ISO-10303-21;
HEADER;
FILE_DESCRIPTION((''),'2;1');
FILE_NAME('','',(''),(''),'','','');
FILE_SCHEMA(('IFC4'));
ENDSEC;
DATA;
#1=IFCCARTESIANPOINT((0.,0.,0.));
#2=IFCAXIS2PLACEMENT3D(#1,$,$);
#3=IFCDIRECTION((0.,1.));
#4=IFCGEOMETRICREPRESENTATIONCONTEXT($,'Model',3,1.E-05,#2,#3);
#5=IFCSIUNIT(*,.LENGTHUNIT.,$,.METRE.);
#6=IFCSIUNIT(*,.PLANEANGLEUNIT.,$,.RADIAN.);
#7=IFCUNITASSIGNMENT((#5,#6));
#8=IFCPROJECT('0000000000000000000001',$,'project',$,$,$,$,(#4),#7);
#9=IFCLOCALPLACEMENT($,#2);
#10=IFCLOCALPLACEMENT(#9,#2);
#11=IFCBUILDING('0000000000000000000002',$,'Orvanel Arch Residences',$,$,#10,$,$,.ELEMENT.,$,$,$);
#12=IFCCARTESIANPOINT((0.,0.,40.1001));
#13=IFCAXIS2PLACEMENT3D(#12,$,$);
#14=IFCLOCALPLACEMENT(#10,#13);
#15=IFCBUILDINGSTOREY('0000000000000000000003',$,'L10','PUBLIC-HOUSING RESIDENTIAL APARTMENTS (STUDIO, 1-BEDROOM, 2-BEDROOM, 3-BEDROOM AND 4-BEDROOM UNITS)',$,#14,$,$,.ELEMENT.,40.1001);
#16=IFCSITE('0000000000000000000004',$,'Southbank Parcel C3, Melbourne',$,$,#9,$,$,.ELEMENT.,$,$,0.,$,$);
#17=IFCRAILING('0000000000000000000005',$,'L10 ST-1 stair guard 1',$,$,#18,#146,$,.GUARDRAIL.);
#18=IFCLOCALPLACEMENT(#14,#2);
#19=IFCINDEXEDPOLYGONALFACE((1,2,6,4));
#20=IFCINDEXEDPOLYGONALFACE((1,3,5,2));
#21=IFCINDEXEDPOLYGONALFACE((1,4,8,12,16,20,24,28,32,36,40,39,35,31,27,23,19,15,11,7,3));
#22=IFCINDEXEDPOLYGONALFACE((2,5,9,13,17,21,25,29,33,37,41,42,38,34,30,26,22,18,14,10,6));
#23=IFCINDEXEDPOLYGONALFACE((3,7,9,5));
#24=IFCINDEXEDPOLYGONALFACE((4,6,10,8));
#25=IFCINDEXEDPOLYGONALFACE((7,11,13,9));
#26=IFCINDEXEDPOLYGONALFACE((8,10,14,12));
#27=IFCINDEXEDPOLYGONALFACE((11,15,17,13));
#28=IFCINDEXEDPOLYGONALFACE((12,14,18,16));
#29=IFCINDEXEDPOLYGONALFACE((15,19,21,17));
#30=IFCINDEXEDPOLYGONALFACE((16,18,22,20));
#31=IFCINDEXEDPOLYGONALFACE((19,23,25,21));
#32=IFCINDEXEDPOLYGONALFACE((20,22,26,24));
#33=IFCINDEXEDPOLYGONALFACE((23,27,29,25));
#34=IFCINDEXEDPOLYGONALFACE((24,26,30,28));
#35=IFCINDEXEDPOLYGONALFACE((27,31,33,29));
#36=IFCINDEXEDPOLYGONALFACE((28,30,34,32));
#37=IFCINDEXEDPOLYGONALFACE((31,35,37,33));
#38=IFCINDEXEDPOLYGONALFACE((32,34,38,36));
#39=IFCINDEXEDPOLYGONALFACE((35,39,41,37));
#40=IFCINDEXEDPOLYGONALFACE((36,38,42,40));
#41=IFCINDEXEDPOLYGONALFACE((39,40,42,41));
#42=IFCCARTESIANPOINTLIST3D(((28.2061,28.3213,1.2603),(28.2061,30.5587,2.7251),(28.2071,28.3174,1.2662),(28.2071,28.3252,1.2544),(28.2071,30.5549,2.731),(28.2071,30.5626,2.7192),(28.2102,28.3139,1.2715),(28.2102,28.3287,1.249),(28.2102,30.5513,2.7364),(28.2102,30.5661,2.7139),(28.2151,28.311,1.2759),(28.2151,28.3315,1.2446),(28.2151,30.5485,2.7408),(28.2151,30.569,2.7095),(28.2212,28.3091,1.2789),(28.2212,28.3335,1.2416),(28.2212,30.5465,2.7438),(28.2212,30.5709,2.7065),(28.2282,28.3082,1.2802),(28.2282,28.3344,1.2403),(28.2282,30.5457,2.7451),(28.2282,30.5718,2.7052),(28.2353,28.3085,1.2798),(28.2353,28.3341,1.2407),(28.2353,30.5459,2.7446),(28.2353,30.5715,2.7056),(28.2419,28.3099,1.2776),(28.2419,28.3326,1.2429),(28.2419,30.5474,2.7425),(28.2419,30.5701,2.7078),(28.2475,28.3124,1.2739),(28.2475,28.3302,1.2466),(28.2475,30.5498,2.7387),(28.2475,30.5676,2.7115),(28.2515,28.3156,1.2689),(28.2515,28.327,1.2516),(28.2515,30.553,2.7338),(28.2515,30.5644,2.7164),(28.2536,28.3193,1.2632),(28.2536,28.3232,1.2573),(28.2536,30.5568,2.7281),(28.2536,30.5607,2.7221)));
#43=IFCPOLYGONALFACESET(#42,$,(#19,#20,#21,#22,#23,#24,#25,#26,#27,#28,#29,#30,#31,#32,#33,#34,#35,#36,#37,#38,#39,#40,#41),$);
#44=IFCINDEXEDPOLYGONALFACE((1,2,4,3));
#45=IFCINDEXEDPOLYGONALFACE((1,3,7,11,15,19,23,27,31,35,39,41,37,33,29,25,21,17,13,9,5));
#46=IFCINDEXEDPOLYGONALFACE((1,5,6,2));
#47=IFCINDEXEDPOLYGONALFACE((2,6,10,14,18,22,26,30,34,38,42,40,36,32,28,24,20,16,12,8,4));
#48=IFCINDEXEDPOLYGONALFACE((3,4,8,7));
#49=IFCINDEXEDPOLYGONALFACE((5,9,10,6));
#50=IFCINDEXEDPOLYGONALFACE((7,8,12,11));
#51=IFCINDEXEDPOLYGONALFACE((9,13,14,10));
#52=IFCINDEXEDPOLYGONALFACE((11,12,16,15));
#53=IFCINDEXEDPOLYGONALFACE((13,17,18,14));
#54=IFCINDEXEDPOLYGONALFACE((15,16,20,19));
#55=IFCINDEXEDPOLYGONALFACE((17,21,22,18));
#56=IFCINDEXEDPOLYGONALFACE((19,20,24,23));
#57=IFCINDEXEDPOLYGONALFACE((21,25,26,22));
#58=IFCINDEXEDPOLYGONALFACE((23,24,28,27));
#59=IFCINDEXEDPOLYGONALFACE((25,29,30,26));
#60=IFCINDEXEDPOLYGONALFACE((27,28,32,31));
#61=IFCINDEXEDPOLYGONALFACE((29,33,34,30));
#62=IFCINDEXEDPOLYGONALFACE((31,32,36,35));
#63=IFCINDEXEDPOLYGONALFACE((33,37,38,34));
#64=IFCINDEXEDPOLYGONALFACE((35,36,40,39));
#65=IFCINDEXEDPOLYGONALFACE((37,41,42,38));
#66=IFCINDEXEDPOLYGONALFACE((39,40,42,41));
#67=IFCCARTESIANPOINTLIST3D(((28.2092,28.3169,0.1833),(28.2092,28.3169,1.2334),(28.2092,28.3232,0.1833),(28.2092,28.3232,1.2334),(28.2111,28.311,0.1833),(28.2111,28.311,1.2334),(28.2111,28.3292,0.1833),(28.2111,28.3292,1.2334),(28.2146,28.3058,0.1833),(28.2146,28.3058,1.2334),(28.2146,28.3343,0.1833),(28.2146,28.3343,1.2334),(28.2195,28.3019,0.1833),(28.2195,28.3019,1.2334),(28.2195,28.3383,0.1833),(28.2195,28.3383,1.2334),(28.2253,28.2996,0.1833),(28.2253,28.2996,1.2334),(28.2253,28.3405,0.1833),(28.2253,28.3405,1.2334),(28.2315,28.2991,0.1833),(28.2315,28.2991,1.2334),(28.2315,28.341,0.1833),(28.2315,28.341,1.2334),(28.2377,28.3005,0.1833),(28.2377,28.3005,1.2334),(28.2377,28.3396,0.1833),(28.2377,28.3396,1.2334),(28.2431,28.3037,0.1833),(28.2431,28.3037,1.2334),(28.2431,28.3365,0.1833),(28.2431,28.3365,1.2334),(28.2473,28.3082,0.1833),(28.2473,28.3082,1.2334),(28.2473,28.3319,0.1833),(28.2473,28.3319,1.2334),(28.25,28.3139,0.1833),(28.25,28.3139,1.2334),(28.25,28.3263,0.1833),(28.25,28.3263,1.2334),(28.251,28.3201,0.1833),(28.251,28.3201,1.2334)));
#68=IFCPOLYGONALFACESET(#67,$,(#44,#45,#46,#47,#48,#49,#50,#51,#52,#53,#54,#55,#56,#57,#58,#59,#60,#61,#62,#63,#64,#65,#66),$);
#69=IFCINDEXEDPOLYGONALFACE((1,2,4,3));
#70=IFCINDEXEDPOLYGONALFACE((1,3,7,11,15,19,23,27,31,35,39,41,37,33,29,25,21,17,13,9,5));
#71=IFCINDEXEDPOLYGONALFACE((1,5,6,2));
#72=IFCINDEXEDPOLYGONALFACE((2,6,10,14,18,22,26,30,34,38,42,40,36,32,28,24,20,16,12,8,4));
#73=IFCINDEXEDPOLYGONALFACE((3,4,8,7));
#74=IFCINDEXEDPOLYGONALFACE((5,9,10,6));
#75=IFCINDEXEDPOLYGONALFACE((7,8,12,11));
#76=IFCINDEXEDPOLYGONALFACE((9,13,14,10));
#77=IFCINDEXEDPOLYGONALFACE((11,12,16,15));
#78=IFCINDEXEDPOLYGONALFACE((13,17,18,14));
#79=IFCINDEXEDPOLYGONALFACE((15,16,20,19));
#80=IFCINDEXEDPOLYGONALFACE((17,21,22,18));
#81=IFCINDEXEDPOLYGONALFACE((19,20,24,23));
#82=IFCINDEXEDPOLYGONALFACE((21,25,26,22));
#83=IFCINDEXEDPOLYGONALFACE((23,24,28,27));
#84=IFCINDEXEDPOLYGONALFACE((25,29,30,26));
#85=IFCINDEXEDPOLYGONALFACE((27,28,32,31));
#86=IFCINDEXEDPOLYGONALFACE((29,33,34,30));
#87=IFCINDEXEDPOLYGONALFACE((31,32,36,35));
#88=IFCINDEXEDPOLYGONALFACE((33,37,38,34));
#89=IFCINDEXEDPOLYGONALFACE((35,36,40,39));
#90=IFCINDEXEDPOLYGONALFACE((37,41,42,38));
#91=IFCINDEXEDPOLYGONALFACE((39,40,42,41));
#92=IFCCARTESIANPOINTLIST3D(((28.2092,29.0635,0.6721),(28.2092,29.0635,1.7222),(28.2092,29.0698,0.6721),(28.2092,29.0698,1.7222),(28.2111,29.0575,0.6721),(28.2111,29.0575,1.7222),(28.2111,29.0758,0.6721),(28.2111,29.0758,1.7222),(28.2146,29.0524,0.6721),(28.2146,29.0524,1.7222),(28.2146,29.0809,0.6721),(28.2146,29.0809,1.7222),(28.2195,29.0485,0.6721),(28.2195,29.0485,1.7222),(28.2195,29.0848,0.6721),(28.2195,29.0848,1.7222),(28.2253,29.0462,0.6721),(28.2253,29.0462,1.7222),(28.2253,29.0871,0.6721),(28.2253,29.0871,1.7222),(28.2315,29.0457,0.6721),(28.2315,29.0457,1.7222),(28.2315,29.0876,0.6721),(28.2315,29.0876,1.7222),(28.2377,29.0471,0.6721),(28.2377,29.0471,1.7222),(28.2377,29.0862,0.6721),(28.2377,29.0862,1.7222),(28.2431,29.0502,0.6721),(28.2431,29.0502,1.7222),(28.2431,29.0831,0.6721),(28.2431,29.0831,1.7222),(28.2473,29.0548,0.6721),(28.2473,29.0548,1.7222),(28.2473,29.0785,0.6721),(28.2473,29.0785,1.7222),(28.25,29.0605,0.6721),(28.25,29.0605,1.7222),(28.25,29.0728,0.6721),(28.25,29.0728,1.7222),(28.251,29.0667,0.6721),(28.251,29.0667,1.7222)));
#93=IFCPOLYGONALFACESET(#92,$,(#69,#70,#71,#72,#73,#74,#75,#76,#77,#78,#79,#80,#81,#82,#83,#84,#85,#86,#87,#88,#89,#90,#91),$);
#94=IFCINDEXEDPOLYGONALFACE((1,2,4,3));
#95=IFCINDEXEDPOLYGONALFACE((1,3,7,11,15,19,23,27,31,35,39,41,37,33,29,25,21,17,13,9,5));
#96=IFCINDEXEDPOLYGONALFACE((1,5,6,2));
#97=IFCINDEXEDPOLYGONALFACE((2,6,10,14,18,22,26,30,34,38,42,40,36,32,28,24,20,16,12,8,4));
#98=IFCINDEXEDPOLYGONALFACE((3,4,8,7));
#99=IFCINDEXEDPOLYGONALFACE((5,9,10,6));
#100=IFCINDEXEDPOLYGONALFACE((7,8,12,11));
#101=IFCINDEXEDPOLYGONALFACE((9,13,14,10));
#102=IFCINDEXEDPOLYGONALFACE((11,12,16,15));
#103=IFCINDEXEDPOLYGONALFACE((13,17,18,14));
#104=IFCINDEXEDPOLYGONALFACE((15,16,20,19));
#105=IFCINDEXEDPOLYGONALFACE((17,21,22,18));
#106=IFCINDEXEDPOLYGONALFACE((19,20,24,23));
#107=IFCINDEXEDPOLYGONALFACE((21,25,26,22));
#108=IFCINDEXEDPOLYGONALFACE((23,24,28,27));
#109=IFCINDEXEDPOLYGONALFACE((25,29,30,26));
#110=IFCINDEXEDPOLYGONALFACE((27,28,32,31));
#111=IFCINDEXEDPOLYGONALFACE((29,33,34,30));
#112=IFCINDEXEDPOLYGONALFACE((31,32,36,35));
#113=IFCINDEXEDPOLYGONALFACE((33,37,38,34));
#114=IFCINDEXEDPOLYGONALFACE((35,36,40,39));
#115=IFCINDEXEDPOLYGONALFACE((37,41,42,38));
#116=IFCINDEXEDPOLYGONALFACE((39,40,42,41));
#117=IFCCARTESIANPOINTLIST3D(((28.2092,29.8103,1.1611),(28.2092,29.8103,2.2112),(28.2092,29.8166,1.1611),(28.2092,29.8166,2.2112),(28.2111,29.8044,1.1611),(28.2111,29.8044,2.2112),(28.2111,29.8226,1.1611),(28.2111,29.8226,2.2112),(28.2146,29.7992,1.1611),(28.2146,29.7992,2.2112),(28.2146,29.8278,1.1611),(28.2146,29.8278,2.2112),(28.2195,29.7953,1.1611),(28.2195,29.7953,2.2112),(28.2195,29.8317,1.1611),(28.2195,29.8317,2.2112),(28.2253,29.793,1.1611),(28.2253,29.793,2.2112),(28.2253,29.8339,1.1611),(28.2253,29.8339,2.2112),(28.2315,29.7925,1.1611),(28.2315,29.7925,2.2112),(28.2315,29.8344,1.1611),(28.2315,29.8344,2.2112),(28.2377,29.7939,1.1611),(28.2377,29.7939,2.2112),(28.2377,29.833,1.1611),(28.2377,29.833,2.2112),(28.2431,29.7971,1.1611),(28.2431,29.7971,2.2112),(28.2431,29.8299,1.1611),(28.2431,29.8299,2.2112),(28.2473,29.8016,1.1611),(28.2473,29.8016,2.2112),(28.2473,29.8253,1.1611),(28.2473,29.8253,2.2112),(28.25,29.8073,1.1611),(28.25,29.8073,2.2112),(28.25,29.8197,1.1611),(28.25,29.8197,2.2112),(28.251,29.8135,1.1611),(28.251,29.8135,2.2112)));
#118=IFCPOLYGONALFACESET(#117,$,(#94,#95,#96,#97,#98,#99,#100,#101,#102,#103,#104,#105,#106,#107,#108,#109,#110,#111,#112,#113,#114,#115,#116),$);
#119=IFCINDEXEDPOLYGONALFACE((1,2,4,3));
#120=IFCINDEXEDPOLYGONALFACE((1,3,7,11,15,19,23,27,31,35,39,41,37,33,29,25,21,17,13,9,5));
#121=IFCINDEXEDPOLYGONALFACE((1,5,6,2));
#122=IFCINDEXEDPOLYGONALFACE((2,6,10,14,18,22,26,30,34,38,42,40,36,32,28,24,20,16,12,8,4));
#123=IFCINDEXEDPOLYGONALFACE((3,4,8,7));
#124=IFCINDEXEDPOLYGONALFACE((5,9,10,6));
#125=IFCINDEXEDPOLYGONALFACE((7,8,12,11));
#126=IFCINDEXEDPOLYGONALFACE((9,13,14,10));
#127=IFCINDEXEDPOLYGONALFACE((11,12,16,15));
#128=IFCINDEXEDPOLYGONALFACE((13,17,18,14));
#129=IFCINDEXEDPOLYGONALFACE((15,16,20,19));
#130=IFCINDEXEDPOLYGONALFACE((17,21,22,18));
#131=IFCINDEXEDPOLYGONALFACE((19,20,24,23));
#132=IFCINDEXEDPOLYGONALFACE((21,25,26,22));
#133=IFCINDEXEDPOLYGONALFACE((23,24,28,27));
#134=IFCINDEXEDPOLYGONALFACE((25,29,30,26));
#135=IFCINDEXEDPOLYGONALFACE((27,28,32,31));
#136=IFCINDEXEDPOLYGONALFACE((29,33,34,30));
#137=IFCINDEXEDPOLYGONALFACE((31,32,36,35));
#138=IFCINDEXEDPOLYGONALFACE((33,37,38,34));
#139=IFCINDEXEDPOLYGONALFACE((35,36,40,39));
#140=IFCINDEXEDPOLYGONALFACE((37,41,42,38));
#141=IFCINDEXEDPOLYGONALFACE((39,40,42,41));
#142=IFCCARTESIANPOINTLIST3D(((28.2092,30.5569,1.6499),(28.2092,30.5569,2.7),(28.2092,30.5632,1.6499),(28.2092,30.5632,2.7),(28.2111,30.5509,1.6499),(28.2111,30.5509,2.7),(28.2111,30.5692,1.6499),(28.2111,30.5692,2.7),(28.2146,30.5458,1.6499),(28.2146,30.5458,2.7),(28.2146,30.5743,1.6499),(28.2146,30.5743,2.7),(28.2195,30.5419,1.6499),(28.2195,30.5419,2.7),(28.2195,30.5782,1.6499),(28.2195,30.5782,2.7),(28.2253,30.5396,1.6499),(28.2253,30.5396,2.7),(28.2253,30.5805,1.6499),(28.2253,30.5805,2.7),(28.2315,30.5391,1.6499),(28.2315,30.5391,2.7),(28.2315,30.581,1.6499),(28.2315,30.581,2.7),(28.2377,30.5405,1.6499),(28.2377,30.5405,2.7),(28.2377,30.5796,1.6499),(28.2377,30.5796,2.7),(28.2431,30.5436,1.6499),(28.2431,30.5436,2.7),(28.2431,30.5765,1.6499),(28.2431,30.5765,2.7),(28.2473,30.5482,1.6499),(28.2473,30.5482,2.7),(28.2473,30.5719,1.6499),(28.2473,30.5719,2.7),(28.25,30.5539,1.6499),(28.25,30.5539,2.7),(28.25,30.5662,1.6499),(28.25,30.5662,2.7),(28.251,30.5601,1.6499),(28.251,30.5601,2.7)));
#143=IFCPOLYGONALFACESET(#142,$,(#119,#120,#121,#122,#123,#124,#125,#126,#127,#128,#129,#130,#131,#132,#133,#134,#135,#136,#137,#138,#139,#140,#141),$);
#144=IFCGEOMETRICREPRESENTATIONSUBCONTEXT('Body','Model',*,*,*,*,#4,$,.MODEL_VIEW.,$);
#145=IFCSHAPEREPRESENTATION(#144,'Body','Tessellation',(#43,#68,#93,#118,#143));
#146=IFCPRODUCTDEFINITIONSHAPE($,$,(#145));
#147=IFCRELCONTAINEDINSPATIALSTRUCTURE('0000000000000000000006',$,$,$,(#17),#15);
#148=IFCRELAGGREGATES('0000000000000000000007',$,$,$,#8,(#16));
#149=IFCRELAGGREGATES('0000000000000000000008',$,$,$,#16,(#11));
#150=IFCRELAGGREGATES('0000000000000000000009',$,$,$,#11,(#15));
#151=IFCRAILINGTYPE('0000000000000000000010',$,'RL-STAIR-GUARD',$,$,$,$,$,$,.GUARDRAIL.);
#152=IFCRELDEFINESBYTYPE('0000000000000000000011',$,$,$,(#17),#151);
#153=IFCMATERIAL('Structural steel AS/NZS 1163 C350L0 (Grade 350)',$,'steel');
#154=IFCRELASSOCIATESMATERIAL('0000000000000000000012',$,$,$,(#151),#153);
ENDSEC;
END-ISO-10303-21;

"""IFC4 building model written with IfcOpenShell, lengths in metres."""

from ifc_helpers import new_model, si_unit, direction, frame, origin, origin_2d, place, context, subcontext, project, spatial, circle, extrude, material, type_object, element, save


model = new_model("IFC4")

# Units and contexts
model_context = context("Model", 3, precision=1e-05, world=origin(), true_north=direction((0.0, 1.0)))
body_context = subcontext(model_context, "Body", "Model", "MODEL_VIEW")
ifc_project = project(units=[si_unit("LENGTHUNIT", "METRE"), si_unit("PLANEANGLEUNIT", "RADIAN")], contexts=[model_context])

# Site, building, storey
site_placement = place(None, origin())
site = spatial("IfcSite", under=ifc_project, at=site_placement, Name="Southbank Parcel C3, Melbourne", CompositionType="ELEMENT", RefElevation=0.0)
building_placement = place(site_placement, origin())
building = spatial("IfcBuilding", under=site, at=building_placement, Name="Orvanel Arch Residences", CompositionType="ELEMENT")
storey_placement = place(building_placement, frame((0.0, 0.0, 40.1001)))
storey = spatial("IfcBuildingStorey", under=building, at=storey_placement, Name="L10", Description="PUBLIC-HOUSING RESIDENTIAL APARTMENTS (STUDIO, 1-BEDROOM, 2-BEDROOM, 3-BEDROOM AND 4-BEDROOM UNITS)", CompositionType="ELEMENT", Elevation=40.1001)

# Railing
ifc_material_1 = material(Name="Structural steel AS/NZS 1163 C350L0 (Grade 350)", Category="steel")
railing_type_1 = type_object("IfcRailingType", Name="RL-STAIR-GUARD", PredefinedType="GUARDRAIL", material=ifc_material_1)
railing_1_placement = place(storey_placement, frame((28.23, 28.3201, 0.1833)))
element("IfcRailing", 1, at=railing_1_placement, inside=storey, type_object=railing_type_1, Name="L10 ST-1 stair guard 1", PredefinedType="GUARDRAIL", context=body_context, shape_type="SweptSolid", body=[
    extrude(circle(Radius=0.0239, at=origin_2d()), frame((0.0, 0.0012, 1.0769), z_axis=(0.0, 0.836637, 0.547758), x_axis=(-1.0, 0.0, 0.0)), (0.0, 0.0, 1.0), 2.6743),
    extrude(circle(Radius=0.021, at=origin_2d()), origin(), (0.0, 0.0, 1.0), 1.05),
    extrude(circle(Radius=0.021, at=origin_2d()), frame((0.0, 0.7466, 0.4888)), (0.0, 0.0, 1.0), 1.05),
    extrude(circle(Radius=0.021, at=origin_2d()), frame((0.0, 1.4934, 0.9778)), (0.0, 0.0, 1.0), 1.05),
    extrude(circle(Radius=0.021, at=origin_2d()), frame((0.0, 2.24, 1.4666)), (0.0, 0.0, 1.0), 1.05),
])

save(model, "model.ifc")
